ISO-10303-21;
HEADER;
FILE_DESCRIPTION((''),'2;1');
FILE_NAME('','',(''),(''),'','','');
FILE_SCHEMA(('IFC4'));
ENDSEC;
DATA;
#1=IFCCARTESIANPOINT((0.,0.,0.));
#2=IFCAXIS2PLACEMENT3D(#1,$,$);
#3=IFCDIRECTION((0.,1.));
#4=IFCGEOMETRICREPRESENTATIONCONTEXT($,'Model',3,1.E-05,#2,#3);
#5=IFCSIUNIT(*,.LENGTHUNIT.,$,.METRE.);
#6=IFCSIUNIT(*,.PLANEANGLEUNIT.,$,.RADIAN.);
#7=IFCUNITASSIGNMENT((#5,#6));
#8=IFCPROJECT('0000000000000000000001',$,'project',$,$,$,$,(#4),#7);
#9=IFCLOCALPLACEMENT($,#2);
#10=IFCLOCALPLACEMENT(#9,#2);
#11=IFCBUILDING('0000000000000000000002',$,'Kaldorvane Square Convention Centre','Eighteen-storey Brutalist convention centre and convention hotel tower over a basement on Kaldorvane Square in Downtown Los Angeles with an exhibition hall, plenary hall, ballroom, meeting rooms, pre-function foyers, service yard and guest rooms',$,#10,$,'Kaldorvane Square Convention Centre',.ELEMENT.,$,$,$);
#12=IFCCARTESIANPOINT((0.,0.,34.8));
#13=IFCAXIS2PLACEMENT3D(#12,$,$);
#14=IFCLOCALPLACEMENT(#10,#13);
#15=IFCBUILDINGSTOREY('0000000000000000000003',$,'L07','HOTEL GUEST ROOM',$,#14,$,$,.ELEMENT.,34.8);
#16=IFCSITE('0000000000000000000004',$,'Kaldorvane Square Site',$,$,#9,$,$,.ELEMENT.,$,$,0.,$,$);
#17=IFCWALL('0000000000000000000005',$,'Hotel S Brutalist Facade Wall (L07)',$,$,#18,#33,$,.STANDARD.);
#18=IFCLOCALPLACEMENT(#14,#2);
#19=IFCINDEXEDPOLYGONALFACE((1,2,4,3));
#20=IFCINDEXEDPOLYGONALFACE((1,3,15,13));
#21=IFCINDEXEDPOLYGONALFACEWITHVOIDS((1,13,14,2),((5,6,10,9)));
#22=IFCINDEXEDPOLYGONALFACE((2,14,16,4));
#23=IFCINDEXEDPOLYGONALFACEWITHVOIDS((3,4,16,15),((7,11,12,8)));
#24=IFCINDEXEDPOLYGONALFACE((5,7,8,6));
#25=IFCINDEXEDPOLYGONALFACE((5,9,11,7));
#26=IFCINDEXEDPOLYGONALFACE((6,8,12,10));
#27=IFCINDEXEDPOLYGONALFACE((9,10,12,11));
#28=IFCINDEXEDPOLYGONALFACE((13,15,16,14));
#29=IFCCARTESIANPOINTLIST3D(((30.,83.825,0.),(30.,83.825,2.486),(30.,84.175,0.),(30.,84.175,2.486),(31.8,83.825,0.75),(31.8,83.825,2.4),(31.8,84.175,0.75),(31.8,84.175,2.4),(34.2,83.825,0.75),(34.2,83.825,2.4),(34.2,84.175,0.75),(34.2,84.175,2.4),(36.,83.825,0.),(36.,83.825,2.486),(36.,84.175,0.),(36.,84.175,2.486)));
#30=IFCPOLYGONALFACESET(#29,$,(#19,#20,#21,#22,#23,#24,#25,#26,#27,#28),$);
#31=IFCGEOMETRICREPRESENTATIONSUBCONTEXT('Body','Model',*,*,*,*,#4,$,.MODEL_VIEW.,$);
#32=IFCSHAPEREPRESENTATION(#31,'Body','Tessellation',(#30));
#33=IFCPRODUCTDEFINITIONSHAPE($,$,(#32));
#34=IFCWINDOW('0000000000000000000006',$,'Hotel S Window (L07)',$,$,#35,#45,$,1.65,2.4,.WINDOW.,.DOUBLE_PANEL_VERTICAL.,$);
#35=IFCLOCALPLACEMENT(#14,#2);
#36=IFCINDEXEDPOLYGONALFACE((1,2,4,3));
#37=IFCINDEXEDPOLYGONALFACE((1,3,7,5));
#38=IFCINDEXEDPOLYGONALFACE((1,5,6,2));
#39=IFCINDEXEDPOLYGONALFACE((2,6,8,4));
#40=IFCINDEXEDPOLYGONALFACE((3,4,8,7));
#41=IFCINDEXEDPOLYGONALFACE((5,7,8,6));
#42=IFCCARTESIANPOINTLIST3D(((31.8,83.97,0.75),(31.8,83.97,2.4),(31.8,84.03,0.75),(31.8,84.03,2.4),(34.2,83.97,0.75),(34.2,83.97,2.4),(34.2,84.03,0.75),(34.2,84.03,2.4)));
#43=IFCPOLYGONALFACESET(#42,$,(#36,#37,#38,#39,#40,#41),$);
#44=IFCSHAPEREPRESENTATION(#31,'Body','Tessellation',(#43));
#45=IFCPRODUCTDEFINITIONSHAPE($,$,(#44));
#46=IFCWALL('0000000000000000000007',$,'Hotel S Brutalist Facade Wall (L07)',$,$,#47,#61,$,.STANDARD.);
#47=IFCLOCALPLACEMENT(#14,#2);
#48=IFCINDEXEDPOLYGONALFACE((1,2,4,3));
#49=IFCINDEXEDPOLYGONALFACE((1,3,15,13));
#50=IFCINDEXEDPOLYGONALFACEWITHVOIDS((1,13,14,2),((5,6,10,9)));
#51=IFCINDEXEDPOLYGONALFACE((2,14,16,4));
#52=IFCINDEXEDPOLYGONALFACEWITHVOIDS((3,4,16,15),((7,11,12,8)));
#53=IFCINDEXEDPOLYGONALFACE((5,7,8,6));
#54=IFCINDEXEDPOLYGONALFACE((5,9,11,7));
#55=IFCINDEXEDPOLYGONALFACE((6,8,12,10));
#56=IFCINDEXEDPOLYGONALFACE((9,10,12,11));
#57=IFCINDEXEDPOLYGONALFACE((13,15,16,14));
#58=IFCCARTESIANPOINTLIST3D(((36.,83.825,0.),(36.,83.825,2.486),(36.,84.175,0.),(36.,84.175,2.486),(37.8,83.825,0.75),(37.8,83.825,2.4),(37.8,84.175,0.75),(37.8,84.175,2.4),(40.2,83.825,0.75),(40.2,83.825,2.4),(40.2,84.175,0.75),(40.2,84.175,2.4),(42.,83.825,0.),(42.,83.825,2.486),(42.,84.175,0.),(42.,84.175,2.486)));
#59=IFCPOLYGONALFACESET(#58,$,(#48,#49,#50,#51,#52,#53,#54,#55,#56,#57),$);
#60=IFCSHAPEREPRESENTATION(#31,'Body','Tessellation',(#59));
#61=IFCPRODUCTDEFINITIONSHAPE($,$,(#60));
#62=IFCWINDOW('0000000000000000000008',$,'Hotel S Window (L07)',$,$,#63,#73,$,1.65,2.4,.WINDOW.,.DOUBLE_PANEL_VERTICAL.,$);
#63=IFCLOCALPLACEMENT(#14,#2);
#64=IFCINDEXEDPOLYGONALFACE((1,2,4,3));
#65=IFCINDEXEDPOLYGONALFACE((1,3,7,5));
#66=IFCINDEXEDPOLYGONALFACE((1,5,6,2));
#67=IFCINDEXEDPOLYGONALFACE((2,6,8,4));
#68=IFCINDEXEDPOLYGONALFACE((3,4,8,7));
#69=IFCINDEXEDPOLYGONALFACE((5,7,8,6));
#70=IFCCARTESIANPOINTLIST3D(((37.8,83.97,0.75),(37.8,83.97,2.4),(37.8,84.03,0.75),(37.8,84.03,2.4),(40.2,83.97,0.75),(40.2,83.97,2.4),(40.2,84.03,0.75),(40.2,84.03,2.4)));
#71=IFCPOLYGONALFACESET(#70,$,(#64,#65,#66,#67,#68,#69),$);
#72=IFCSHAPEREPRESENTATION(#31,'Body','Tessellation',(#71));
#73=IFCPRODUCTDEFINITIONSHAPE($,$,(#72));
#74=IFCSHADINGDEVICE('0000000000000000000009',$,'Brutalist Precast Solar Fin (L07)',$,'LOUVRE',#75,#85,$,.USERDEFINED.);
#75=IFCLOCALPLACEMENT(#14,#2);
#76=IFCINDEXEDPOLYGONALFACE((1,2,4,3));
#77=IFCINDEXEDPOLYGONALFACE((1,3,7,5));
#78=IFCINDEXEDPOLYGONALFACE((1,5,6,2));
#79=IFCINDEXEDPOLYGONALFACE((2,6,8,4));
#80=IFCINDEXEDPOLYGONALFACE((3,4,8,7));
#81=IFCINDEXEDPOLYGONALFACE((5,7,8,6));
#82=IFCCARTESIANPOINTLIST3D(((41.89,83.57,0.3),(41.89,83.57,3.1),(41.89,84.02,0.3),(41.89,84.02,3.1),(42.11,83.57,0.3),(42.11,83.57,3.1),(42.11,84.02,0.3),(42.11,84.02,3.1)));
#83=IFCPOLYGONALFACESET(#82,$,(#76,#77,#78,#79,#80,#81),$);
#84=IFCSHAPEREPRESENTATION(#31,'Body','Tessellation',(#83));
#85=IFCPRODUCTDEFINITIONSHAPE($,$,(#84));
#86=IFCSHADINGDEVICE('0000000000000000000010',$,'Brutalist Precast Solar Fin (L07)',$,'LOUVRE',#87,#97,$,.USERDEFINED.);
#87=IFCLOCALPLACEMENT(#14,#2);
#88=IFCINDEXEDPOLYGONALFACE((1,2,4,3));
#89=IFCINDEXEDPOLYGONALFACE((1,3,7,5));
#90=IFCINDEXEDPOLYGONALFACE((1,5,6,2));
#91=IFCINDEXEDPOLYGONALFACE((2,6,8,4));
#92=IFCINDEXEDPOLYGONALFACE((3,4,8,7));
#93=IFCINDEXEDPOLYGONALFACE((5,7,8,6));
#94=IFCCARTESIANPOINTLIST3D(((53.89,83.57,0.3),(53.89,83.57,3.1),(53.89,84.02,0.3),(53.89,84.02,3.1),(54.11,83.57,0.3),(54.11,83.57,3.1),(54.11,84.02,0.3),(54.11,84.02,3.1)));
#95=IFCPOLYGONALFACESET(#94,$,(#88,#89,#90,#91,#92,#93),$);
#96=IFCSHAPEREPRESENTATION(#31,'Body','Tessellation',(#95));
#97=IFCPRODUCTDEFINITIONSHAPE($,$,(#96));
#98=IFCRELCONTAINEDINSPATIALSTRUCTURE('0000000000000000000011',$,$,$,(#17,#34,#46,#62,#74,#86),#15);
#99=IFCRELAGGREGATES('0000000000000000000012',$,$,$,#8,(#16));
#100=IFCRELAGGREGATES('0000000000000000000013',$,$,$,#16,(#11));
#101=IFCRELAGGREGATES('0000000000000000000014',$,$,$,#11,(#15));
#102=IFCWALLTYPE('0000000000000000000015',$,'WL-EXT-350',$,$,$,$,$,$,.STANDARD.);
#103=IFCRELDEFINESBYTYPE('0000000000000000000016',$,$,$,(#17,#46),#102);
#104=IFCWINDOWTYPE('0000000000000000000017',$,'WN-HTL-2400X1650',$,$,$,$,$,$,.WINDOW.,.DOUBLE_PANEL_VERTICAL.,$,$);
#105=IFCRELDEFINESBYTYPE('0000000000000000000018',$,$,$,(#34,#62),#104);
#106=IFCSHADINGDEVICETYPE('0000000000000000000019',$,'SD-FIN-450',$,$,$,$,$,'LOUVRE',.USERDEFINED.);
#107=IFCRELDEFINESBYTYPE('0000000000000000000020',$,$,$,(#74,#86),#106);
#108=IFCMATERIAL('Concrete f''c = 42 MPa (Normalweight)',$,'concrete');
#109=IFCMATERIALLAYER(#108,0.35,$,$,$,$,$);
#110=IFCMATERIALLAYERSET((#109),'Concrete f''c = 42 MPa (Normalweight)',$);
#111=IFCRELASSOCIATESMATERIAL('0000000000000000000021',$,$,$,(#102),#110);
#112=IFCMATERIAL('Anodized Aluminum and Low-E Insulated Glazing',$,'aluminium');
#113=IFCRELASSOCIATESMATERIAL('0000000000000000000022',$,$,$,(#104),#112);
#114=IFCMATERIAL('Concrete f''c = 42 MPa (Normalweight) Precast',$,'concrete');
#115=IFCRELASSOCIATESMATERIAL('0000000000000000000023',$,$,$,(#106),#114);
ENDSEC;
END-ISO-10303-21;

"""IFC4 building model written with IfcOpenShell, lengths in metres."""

from ifc_helpers import new_model, si_unit, direction, frame, frame_2d, origin, origin_2d, place, context, subcontext, project, spatial, rectangle, extrude, material, layer, layer_set, type_object, element, fill, save


model = new_model("IFC4")

# Units and contexts
model_context = context("Model", 3, precision=1e-05, world=origin(), true_north=direction((0.0, 1.0)))
body_context = subcontext(model_context, "Body", "Model", "MODEL_VIEW")
ifc_project = project(units=[si_unit("LENGTHUNIT", "METRE"), si_unit("PLANEANGLEUNIT", "RADIAN")], contexts=[model_context])

# Site, building, storey
site_placement = place(None, origin())
site = spatial("IfcSite", under=ifc_project, at=site_placement, Name="Kaldorvane Square Site", CompositionType="ELEMENT", RefElevation=0.0)
building_placement = place(site_placement, origin())
building = spatial("IfcBuilding", under=site, at=building_placement, Name="Kaldorvane Square Convention Centre", Description="Eighteen-storey Brutalist convention centre and convention hotel tower over a basement on Kaldorvane Square in Downtown Los Angeles with an exhibition hall, plenary hall, ballroom, meeting rooms, pre-function foyers, service yard and guest rooms", LongName="Kaldorvane Square Convention Centre", CompositionType="ELEMENT")
storey_placement = place(building_placement, frame((0.0, 0.0, 34.8)))
storey = spatial("IfcBuildingStorey", under=building, at=storey_placement, Name="L07", Description="HOTEL GUEST ROOM", CompositionType="ELEMENT", Elevation=34.8)

# Shared definitions
ifc_material_1 = material(Name="Concrete f'c = 42 MPa (Normalweight)", Category="concrete")

# Walls, openings, windows
ifc_layer_1 = layer(ifc_material_1, 0.35)
ifc_layer_set_1 = layer_set([ifc_layer_1], Name="Concrete f'c = 42 MPa (Normalweight)")
wall_type = type_object("IfcWallType", Name="WL-EXT-350", PredefinedType="STANDARD", material=ifc_layer_set_1)
ifc_material_2 = material(Name="Anodized Aluminum and Low-E Insulated Glazing", Category="aluminium")
window_type = type_object("IfcWindowType", Name="WN-HTL-2400X1650", PartitioningType="DOUBLE_PANEL_VERTICAL", PredefinedType="WINDOW", material=ifc_material_2)
wall_1_placement = place(storey_placement, frame((30.0, 84.0, 0.0), z_axis=(0.0, 0.0, 1.0), x_axis=(1.0, 0.0, 0.0)))
wall_1 = element("IfcWall", 1, at=wall_1_placement, inside=storey, type_object=wall_type, Name="Hotel S Brutalist Facade Wall (L07)", PredefinedType="STANDARD", context=body_context, shape_type="SweptSolid", body=[
    extrude(rectangle(XDim=6.0, YDim=0.35, at=frame_2d((3.0, 0.0))), origin(), (0.0, 0.0, 1.0), 2.486),
])
opening_1_placement = place(wall_1_placement, frame((1.8, 0.0, 0.75)))
opening_1 = element("IfcOpeningElement", 2, at=opening_1_placement, cuts=wall_1, PredefinedType="OPENING", context=body_context, shape_type="SweptSolid", body=[
    extrude(rectangle(XDim=2.4, YDim=1.65, at=frame_2d((1.2, 0.825))), frame((0.0, 0.19, 0.0), z_axis=(0.0, -1.0, 0.0), x_axis=(1.0, 0.0, 0.0)), (0.0, 0.0, 1.0), 0.38),
])
window_1_placement = place(opening_1_placement, origin())
window_1 = element("IfcWindow", 3, at=window_1_placement, inside=storey, type_object=window_type, Name="Hotel S Window (L07)", OverallHeight=1.65, OverallWidth=2.4, PartitioningType="DOUBLE_PANEL_VERTICAL", PredefinedType="WINDOW", context=body_context, shape_type="SweptSolid", body=[
    extrude(rectangle(XDim=2.4, YDim=1.65, at=frame_2d((1.2, 0.825))), frame((0.0, 0.03, 0.0), z_axis=(0.0, -1.0, 0.0), x_axis=(1.0, 0.0, 0.0)), (0.0, 0.0, 1.0), 0.06),
])
fill(opening_1, window_1)
wall_2_placement = place(storey_placement, frame((36.0, 84.0, 0.0), z_axis=(0.0, 0.0, 1.0), x_axis=(1.0, 0.0, 0.0)))
wall_2 = element("IfcWall", 4, at=wall_2_placement, inside=storey, type_object=wall_type, Name="Hotel S Brutalist Facade Wall (L07)", PredefinedType="STANDARD", context=body_context, shape_type="SweptSolid", body=[
    extrude(rectangle(XDim=6.0, YDim=0.35, at=frame_2d((3.0, 0.0))), origin(), (0.0, 0.0, 1.0), 2.486),
])
opening_2_placement = place(wall_2_placement, frame((1.8, 0.0, 0.75)))
opening_2 = element("IfcOpeningElement", 5, at=opening_2_placement, cuts=wall_2, PredefinedType="OPENING", context=body_context, shape_type="SweptSolid", body=[
    extrude(rectangle(XDim=2.4, YDim=1.65, at=frame_2d((1.2, 0.825))), frame((0.0, 0.19, 0.0), z_axis=(0.0, -1.0, 0.0), x_axis=(1.0, 0.0, 0.0)), (0.0, 0.0, 1.0), 0.38),
])
window_2_placement = place(opening_2_placement, origin())
window_2 = element("IfcWindow", 6, at=window_2_placement, inside=storey, type_object=window_type, Name="Hotel S Window (L07)", OverallHeight=1.65, OverallWidth=2.4, PartitioningType="DOUBLE_PANEL_VERTICAL", PredefinedType="WINDOW", context=body_context, shape_type="SweptSolid", body=[
    extrude(rectangle(XDim=2.4, YDim=1.65, at=frame_2d((1.2, 0.825))), frame((0.0, 0.03, 0.0), z_axis=(0.0, -1.0, 0.0), x_axis=(1.0, 0.0, 0.0)), (0.0, 0.0, 1.0), 0.06),
])
fill(opening_2, window_2)

# Shading devices
ifc_material_3 = material(Name="Concrete f'c = 42 MPa (Normalweight) Precast", Category="concrete")
shading_device_type = type_object("IfcShadingDeviceType", Name="SD-FIN-450", ElementType="LOUVRE", PredefinedType="USERDEFINED", material=ifc_material_3)
for number, where, z_axis, x_axis, name in (
    (7, (42.0, 83.795, 0.3), (0.0, 0.0, 1.0), (1.0, 0.0, 0.0), "Brutalist Precast Solar Fin (L07)"),
    (8, (54.0, 83.795, 0.3), (0.0, 0.0, 1.0), (1.0, 0.0, 0.0), "Brutalist Precast Solar Fin (L07)"),
):
    element("IfcShadingDevice", number, at=place(storey_placement, frame(where, z_axis=z_axis, x_axis=x_axis)), inside=storey, type_object=shading_device_type, Name=name, ObjectType="LOUVRE", PredefinedType="USERDEFINED", context=body_context, shape_type="SweptSolid", body=[
        extrude(rectangle(XDim=0.22, YDim=0.45, at=origin_2d()), origin(), (0.0, 0.0, 1.0), 2.8),
    ])

save(model, "model.ifc")
